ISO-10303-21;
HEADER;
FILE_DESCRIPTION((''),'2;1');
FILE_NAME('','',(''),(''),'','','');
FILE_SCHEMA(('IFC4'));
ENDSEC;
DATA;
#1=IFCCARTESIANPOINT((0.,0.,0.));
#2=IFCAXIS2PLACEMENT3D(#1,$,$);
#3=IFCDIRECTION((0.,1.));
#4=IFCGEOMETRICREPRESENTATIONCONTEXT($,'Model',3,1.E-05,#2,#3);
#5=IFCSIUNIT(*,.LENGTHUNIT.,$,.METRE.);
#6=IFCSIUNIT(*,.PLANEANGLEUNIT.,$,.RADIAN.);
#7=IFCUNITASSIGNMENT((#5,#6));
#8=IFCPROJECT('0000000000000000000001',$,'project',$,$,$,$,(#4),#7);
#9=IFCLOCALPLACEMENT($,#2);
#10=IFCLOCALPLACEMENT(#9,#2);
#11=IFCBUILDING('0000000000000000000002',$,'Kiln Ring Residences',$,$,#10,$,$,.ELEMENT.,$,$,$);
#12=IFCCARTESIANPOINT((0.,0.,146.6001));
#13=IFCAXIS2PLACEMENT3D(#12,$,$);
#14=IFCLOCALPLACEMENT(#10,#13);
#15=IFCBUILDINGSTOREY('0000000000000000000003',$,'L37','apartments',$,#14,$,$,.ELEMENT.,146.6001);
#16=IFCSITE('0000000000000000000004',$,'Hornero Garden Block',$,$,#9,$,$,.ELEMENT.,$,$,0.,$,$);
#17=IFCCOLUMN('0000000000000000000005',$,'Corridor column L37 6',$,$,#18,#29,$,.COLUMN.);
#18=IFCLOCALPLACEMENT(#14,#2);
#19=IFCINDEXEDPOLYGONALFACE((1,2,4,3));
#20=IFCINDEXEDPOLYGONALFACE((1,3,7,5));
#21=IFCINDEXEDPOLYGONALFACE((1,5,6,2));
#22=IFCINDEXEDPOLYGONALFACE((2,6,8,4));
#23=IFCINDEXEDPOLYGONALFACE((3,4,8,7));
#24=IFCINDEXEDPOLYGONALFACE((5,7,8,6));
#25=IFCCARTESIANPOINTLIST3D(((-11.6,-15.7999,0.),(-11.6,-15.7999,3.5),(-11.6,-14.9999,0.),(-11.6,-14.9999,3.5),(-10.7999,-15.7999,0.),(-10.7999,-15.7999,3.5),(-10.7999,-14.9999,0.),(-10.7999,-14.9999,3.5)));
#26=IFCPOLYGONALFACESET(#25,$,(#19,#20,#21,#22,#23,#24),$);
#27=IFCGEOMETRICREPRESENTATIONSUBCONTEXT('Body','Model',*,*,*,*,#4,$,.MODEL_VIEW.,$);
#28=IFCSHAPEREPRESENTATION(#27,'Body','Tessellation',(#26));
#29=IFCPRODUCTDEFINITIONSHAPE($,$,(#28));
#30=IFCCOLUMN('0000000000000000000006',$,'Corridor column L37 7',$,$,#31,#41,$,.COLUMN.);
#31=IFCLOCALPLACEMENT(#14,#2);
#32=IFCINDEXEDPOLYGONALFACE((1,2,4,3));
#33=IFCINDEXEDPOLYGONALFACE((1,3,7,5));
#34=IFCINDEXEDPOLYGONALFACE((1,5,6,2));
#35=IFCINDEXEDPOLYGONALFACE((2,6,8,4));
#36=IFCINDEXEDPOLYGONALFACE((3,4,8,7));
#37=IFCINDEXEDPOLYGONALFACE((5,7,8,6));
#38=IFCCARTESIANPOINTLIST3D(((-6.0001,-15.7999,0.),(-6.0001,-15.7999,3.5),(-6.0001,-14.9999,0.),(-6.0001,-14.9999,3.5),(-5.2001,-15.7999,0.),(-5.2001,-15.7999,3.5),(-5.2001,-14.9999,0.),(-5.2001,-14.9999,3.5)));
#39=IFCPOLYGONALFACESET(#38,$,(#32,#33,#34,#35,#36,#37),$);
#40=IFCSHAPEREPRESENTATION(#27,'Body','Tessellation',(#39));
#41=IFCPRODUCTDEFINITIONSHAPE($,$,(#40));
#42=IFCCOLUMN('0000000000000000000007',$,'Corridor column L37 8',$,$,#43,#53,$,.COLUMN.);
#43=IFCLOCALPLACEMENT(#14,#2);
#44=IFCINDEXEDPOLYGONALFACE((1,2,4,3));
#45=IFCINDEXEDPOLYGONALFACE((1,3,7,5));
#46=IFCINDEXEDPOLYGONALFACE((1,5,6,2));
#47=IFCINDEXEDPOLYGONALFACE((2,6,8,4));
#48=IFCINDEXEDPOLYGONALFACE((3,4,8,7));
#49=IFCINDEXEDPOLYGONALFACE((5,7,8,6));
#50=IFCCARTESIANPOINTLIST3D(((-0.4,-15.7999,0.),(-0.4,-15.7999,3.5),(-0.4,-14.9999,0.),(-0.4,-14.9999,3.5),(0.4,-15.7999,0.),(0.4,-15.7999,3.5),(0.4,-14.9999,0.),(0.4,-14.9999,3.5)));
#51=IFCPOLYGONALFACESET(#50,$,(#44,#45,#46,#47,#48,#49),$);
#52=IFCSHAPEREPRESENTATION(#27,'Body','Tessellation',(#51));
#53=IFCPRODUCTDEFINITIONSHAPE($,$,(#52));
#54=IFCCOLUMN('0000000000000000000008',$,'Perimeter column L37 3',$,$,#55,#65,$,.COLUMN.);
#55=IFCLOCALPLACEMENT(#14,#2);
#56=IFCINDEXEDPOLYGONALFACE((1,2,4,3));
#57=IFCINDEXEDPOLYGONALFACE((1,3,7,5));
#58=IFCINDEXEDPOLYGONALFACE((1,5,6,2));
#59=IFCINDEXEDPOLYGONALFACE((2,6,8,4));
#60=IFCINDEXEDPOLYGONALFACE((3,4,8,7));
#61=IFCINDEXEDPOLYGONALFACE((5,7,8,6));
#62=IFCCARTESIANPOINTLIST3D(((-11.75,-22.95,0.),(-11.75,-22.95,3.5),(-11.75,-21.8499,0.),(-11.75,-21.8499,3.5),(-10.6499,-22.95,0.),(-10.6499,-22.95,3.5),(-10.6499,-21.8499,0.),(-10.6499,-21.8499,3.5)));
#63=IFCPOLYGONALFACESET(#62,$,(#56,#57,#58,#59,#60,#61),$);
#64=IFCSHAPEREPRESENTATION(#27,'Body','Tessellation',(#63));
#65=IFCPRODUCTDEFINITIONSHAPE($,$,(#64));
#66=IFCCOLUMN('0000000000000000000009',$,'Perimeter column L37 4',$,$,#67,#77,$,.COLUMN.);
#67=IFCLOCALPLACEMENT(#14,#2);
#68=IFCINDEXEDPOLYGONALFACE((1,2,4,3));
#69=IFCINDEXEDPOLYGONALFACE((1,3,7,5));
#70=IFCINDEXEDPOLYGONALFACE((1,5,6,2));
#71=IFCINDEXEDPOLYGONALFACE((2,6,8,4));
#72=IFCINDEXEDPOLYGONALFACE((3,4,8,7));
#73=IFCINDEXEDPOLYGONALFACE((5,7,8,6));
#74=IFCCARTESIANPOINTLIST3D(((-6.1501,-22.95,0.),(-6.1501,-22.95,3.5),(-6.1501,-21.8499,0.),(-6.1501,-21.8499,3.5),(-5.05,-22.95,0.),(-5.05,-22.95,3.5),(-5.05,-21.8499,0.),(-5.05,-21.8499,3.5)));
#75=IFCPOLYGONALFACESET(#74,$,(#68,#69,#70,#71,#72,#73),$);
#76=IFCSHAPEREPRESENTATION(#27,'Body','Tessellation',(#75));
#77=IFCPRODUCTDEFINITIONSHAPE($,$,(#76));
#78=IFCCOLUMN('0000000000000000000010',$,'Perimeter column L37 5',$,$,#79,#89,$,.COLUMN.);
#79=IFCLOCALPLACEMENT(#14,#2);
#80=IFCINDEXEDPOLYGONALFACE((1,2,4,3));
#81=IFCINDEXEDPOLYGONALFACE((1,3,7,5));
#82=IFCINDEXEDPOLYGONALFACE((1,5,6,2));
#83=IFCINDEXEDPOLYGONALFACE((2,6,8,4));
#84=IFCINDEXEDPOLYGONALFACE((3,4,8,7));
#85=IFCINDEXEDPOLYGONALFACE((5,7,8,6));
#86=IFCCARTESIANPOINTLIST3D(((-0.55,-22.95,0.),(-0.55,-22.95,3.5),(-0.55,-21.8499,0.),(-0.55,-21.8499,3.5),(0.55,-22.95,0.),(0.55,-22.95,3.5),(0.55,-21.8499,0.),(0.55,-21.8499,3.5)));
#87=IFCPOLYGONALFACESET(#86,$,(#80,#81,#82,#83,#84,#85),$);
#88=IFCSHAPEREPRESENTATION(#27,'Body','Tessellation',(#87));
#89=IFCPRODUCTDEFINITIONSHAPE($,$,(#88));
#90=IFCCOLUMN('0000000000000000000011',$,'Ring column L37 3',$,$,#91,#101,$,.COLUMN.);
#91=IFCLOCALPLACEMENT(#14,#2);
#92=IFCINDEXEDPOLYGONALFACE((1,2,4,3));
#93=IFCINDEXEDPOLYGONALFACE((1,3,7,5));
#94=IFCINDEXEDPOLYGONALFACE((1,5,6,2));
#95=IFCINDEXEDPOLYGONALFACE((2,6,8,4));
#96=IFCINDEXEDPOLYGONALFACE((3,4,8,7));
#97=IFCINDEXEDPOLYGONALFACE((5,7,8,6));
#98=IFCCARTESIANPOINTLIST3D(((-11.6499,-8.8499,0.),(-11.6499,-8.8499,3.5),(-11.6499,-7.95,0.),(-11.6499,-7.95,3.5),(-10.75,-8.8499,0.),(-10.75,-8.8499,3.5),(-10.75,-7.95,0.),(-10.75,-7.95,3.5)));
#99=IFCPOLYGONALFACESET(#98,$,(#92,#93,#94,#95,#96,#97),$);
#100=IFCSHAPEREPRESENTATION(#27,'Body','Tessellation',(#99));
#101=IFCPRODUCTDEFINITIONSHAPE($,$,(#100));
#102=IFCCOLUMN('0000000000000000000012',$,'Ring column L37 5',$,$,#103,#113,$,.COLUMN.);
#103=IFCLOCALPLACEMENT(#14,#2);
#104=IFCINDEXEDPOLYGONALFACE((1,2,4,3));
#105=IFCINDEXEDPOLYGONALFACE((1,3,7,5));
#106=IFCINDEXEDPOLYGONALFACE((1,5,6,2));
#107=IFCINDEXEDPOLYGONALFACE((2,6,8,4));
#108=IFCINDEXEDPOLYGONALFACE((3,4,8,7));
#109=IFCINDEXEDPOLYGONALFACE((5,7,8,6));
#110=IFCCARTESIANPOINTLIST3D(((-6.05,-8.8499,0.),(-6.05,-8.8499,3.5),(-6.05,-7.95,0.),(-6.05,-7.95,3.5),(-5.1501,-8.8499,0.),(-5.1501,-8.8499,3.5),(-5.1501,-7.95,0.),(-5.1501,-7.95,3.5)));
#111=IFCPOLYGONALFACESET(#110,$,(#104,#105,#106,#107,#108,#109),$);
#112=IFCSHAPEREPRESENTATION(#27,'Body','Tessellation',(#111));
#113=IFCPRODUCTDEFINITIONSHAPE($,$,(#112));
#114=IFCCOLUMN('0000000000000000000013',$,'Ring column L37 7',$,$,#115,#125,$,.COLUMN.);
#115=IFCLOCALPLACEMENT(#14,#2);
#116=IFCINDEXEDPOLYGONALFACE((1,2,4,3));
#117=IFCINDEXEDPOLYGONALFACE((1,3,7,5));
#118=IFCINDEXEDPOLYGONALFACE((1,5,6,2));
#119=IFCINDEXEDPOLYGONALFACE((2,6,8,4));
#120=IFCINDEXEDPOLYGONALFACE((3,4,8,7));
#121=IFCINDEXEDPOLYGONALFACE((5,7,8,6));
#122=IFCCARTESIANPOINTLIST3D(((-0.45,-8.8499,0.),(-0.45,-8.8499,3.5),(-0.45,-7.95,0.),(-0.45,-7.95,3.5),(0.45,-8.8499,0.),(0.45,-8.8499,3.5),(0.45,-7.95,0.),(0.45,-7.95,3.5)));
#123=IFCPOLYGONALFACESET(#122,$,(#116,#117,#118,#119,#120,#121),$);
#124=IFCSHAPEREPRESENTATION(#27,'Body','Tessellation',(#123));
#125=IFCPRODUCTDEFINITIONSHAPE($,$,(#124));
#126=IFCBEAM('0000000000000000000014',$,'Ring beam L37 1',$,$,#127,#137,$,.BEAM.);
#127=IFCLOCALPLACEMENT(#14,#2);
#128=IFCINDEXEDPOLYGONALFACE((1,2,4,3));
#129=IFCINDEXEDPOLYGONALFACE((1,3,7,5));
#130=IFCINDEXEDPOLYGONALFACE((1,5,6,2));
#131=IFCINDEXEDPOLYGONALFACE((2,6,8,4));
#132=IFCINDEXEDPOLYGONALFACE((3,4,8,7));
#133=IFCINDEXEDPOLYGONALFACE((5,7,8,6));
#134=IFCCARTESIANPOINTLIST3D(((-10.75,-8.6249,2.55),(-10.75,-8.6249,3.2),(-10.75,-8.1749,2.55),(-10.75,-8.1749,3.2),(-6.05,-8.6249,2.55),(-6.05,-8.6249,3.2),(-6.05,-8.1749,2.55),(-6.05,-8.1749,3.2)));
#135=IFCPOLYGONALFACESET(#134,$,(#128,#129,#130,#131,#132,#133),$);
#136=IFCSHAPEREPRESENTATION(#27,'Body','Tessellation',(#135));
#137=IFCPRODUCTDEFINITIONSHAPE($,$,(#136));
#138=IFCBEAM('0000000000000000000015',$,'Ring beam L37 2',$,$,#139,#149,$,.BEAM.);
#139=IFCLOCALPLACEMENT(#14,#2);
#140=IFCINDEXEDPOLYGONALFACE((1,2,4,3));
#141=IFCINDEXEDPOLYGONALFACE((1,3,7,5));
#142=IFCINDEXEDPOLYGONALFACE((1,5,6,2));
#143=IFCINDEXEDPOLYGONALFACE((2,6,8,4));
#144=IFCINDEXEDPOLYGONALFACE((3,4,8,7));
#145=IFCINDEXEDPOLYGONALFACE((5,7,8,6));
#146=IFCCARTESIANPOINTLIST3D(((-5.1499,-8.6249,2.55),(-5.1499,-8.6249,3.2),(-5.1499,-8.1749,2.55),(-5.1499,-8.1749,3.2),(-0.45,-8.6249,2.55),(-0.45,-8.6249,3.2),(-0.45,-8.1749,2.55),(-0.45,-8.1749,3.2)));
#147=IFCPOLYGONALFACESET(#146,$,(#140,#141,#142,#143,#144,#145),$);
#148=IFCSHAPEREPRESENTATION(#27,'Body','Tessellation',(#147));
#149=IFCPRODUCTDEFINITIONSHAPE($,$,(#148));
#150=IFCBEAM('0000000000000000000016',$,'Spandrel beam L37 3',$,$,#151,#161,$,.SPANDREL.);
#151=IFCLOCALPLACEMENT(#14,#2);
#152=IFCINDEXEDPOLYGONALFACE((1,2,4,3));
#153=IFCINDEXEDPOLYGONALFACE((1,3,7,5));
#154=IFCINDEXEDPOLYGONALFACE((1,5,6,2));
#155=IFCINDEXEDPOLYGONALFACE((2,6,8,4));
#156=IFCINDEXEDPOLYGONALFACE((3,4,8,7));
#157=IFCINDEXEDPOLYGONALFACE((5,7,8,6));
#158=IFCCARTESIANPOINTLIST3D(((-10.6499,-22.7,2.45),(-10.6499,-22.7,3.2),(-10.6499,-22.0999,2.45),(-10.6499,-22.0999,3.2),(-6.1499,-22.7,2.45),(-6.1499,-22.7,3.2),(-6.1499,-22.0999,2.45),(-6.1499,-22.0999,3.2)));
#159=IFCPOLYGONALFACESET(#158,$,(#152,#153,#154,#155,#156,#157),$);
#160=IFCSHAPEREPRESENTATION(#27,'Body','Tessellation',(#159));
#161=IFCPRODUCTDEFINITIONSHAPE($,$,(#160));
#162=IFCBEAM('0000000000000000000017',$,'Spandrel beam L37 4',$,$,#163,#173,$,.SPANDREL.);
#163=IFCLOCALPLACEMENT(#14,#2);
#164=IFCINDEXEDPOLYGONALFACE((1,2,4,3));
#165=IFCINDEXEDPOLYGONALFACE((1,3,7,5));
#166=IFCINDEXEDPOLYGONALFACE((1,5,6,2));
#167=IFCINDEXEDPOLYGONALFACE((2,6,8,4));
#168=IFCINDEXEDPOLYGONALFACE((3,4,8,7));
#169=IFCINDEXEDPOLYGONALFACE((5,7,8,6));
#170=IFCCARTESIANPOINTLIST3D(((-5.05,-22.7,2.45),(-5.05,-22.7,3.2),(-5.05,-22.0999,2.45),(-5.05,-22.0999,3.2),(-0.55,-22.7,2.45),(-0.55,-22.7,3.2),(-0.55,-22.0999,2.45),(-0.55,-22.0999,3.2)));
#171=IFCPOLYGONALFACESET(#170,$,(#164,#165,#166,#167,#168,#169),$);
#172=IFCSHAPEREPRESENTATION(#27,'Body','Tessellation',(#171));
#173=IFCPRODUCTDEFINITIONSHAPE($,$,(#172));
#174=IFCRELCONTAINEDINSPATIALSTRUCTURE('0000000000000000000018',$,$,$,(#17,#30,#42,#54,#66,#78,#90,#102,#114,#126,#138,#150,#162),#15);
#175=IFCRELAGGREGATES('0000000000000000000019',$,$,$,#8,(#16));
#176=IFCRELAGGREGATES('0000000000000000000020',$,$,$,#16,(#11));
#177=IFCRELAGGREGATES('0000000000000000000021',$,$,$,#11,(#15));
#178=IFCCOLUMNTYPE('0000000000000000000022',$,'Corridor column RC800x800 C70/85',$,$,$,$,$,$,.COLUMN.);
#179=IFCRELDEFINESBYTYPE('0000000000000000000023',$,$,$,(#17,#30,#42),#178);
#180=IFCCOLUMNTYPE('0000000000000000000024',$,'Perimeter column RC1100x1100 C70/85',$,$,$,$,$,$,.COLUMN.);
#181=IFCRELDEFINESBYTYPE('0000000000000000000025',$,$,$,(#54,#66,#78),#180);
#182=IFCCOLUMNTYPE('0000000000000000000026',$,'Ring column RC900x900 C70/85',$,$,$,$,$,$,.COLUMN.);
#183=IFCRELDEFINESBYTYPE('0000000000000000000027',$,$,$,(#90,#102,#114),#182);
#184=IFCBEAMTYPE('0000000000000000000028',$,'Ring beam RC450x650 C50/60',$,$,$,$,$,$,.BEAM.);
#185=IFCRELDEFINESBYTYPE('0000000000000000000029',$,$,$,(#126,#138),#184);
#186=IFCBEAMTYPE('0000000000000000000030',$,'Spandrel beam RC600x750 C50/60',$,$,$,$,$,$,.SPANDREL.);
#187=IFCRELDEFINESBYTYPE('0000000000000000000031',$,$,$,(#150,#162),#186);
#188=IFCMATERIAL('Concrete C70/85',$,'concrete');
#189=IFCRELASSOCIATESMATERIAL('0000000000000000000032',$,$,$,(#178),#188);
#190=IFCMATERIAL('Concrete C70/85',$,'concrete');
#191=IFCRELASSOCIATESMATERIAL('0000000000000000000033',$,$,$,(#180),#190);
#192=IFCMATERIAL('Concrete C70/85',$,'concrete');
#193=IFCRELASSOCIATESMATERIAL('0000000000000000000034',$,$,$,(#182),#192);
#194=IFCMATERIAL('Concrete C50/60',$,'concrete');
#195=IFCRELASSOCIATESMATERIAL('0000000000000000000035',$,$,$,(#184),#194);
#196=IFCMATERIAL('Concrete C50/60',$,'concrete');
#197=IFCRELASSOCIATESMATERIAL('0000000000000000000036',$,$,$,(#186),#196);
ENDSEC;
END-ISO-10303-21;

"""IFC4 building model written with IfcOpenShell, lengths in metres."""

from ifc_helpers import new_model, si_unit, direction, frame, origin, origin_2d, place, context, subcontext, project, spatial, rectangle, extrude, material, material_profile, profile_set, type_object, element, save


model = new_model("IFC4")

# Units and contexts
model_context = context("Model", 3, precision=1e-05, world=origin(), true_north=direction((0.0, 1.0)))
body_context = subcontext(model_context, "Body", "Model", "MODEL_VIEW")
ifc_project = project(units=[si_unit("LENGTHUNIT", "METRE"), si_unit("PLANEANGLEUNIT", "RADIAN")], contexts=[model_context])

# Site, building, storey
site_placement = place(None, origin())
site = spatial("IfcSite", under=ifc_project, at=site_placement, Name="Hornero Garden Block", CompositionType="ELEMENT", RefElevation=0.0)
building_placement = place(site_placement, origin())
building = spatial("IfcBuilding", under=site, at=building_placement, Name="Kiln Ring Residences", CompositionType="ELEMENT")
storey_placement = place(building_placement, frame((0.0, 0.0, 146.6001)))
storey = spatial("IfcBuildingStorey", under=building, at=storey_placement, Name="L37", Description="apartments", CompositionType="ELEMENT", Elevation=146.6001)

# Columns
ifc_material_1 = material(Name="Concrete C70/85", Category="concrete")
ifc_material_profile_1 = material_profile(ifc_material_1, rectangle(XDim=0.8, YDim=0.8, at=origin_2d()), Name="RC800x800")
ifc_profile_set_1 = profile_set([ifc_material_profile_1], Name="Concrete C70/85")
column_type_1 = type_object("IfcColumnType", Name="Corridor column RC800x800 C70/85", PredefinedType="COLUMN", material=ifc_profile_set_1)
for number, where, z_axis, x_axis, name in (
    (1, (-11.2, -15.3999, 0.0), (0.0, 0.0, 1.0), (1.0, 0.0, 0.0), "Corridor column L37 6"),
    (2, (-5.6001, -15.3999, 0.0), (0.0, 0.0, 1.0), (1.0, 0.0, 0.0), "Corridor column L37 7"),
    (3, (0.0, -15.3999, 0.0), (0.0, 0.0, 1.0), (1.0, 0.0, 0.0), "Corridor column L37 8"),
):
    element("IfcColumn", number, at=place(storey_placement, frame(where, z_axis=z_axis, x_axis=x_axis)), inside=storey, type_object=column_type_1, Name=name, PredefinedType="COLUMN", context=body_context, shape_type="SweptSolid", body=[
        extrude(rectangle(XDim=0.8, YDim=0.8, at=origin_2d()), origin(), (0.0, 0.0, 1.0), 3.5),
    ])
ifc_material_2 = material(Name="Concrete C70/85", Category="concrete")
ifc_material_profile_2 = material_profile(ifc_material_2, rectangle(XDim=1.1001, YDim=1.1001, at=origin_2d()), Name="RC1100x1100")
ifc_profile_set_2 = profile_set([ifc_material_profile_2], Name="Concrete C70/85")
column_type_2 = type_object("IfcColumnType", Name="Perimeter column RC1100x1100 C70/85", PredefinedType="COLUMN", material=ifc_profile_set_2)
for number, where, z_axis, x_axis, name in (
    (4, (-11.2, -22.3999, 0.0), (0.0, 0.0, 1.0), (1.0, 0.0, 0.0), "Perimeter column L37 3"),
    (5, (-5.6001, -22.3999, 0.0), (0.0, 0.0, 1.0), (1.0, 0.0, 0.0), "Perimeter column L37 4"),
    (6, (0.0, -22.3999, 0.0), (0.0, 0.0, 1.0), (1.0, 0.0, 0.0), "Perimeter column L37 5"),
):
    element("IfcColumn", number, at=place(storey_placement, frame(where, z_axis=z_axis, x_axis=x_axis)), inside=storey, type_object=column_type_2, Name=name, PredefinedType="COLUMN", context=body_context, shape_type="SweptSolid", body=[
        extrude(rectangle(XDim=1.1001, YDim=1.1001, at=origin_2d()), origin(), (0.0, 0.0, 1.0), 3.5),
    ])
ifc_material_3 = material(Name="Concrete C70/85", Category="concrete")
ifc_material_profile_3 = material_profile(ifc_material_3, rectangle(XDim=0.8999, YDim=0.8999, at=origin_2d()), Name="RC900x900")
ifc_profile_set_3 = profile_set([ifc_material_profile_3], Name="Concrete C70/85")
column_type_3 = type_object("IfcColumnType", Name="Ring column RC900x900 C70/85", PredefinedType="COLUMN", material=ifc_profile_set_3)
for number, where, z_axis, x_axis, name in (
    (7, (-11.2, -8.3999, 0.0), (0.0, 0.0, 1.0), (1.0, 0.0, 0.0), "Ring column L37 3"),
    (8, (-5.6001, -8.3999, 0.0), (0.0, 0.0, 1.0), (1.0, 0.0, 0.0), "Ring column L37 5"),
    (9, (0.0, -8.3999, 0.0), (0.0, 0.0, 1.0), (1.0, 0.0, 0.0), "Ring column L37 7"),
):
    element("IfcColumn", number, at=place(storey_placement, frame(where, z_axis=z_axis, x_axis=x_axis)), inside=storey, type_object=column_type_3, Name=name, PredefinedType="COLUMN", context=body_context, shape_type="SweptSolid", body=[
        extrude(rectangle(XDim=0.8999, YDim=0.8999, at=origin_2d()), origin(), (0.0, 0.0, 1.0), 3.5),
    ])

# Beams
ifc_material_4 = material(Name="Concrete C50/60", Category="concrete")
ifc_material_profile_4 = material_profile(ifc_material_4, rectangle(XDim=0.45, YDim=0.6499, at=origin_2d()), Name="RC450x650")
ifc_profile_set_4 = profile_set([ifc_material_profile_4], Name="Concrete C50/60")
beam_type_1 = type_object("IfcBeamType", Name="Ring beam RC450x650 C50/60", PredefinedType="BEAM", material=ifc_profile_set_4)
for number, where, z_axis, x_axis, name in (
    (10, (-10.75, -8.3999, 2.875), (1.0, 0.0, 0.0), (0.0, 1.0, 0.0), "Ring beam L37 1"),
    (11, (-5.1499, -8.3999, 2.875), (1.0, 0.0, 0.0), (0.0, 1.0, 0.0), "Ring beam L37 2"),
):
    element("IfcBeam", number, at=place(storey_placement, frame(where, z_axis=z_axis, x_axis=x_axis)), inside=storey, type_object=beam_type_1, Name=name, PredefinedType="BEAM", context=body_context, shape_type="SweptSolid", body=[
        extrude(rectangle(XDim=0.45, YDim=0.6499, at=origin_2d()), origin(), (0.0, 0.0, 1.0), 4.7),
    ])
ifc_material_5 = material(Name="Concrete C50/60", Category="concrete")
ifc_material_profile_5 = material_profile(ifc_material_5, rectangle(XDim=0.6001, YDim=0.75, at=origin_2d()), Name="RC600x750")
ifc_profile_set_5 = profile_set([ifc_material_profile_5], Name="Concrete C50/60")
beam_type_2 = type_object("IfcBeamType", Name="Spandrel beam RC600x750 C50/60", PredefinedType="SPANDREL", material=ifc_profile_set_5)
for number, where, z_axis, x_axis, name in (
    (12, (-10.6499, -22.3999, 2.825), (1.0, 0.0, 0.0), (0.0, 1.0, 0.0), "Spandrel beam L37 3"),
    (13, (-5.05, -22.3999, 2.825), (1.0, 0.0, 0.0), (0.0, 1.0, 0.0), "Spandrel beam L37 4"),
):
    element("IfcBeam", number, at=place(storey_placement, frame(where, z_axis=z_axis, x_axis=x_axis)), inside=storey, type_object=beam_type_2, Name=name, PredefinedType="SPANDREL", context=body_context, shape_type="SweptSolid", body=[
        extrude(rectangle(XDim=0.6001, YDim=0.75, at=origin_2d()), origin(), (0.0, 0.0, 1.0), 4.5),
    ])

save(model, "model.ifc")
